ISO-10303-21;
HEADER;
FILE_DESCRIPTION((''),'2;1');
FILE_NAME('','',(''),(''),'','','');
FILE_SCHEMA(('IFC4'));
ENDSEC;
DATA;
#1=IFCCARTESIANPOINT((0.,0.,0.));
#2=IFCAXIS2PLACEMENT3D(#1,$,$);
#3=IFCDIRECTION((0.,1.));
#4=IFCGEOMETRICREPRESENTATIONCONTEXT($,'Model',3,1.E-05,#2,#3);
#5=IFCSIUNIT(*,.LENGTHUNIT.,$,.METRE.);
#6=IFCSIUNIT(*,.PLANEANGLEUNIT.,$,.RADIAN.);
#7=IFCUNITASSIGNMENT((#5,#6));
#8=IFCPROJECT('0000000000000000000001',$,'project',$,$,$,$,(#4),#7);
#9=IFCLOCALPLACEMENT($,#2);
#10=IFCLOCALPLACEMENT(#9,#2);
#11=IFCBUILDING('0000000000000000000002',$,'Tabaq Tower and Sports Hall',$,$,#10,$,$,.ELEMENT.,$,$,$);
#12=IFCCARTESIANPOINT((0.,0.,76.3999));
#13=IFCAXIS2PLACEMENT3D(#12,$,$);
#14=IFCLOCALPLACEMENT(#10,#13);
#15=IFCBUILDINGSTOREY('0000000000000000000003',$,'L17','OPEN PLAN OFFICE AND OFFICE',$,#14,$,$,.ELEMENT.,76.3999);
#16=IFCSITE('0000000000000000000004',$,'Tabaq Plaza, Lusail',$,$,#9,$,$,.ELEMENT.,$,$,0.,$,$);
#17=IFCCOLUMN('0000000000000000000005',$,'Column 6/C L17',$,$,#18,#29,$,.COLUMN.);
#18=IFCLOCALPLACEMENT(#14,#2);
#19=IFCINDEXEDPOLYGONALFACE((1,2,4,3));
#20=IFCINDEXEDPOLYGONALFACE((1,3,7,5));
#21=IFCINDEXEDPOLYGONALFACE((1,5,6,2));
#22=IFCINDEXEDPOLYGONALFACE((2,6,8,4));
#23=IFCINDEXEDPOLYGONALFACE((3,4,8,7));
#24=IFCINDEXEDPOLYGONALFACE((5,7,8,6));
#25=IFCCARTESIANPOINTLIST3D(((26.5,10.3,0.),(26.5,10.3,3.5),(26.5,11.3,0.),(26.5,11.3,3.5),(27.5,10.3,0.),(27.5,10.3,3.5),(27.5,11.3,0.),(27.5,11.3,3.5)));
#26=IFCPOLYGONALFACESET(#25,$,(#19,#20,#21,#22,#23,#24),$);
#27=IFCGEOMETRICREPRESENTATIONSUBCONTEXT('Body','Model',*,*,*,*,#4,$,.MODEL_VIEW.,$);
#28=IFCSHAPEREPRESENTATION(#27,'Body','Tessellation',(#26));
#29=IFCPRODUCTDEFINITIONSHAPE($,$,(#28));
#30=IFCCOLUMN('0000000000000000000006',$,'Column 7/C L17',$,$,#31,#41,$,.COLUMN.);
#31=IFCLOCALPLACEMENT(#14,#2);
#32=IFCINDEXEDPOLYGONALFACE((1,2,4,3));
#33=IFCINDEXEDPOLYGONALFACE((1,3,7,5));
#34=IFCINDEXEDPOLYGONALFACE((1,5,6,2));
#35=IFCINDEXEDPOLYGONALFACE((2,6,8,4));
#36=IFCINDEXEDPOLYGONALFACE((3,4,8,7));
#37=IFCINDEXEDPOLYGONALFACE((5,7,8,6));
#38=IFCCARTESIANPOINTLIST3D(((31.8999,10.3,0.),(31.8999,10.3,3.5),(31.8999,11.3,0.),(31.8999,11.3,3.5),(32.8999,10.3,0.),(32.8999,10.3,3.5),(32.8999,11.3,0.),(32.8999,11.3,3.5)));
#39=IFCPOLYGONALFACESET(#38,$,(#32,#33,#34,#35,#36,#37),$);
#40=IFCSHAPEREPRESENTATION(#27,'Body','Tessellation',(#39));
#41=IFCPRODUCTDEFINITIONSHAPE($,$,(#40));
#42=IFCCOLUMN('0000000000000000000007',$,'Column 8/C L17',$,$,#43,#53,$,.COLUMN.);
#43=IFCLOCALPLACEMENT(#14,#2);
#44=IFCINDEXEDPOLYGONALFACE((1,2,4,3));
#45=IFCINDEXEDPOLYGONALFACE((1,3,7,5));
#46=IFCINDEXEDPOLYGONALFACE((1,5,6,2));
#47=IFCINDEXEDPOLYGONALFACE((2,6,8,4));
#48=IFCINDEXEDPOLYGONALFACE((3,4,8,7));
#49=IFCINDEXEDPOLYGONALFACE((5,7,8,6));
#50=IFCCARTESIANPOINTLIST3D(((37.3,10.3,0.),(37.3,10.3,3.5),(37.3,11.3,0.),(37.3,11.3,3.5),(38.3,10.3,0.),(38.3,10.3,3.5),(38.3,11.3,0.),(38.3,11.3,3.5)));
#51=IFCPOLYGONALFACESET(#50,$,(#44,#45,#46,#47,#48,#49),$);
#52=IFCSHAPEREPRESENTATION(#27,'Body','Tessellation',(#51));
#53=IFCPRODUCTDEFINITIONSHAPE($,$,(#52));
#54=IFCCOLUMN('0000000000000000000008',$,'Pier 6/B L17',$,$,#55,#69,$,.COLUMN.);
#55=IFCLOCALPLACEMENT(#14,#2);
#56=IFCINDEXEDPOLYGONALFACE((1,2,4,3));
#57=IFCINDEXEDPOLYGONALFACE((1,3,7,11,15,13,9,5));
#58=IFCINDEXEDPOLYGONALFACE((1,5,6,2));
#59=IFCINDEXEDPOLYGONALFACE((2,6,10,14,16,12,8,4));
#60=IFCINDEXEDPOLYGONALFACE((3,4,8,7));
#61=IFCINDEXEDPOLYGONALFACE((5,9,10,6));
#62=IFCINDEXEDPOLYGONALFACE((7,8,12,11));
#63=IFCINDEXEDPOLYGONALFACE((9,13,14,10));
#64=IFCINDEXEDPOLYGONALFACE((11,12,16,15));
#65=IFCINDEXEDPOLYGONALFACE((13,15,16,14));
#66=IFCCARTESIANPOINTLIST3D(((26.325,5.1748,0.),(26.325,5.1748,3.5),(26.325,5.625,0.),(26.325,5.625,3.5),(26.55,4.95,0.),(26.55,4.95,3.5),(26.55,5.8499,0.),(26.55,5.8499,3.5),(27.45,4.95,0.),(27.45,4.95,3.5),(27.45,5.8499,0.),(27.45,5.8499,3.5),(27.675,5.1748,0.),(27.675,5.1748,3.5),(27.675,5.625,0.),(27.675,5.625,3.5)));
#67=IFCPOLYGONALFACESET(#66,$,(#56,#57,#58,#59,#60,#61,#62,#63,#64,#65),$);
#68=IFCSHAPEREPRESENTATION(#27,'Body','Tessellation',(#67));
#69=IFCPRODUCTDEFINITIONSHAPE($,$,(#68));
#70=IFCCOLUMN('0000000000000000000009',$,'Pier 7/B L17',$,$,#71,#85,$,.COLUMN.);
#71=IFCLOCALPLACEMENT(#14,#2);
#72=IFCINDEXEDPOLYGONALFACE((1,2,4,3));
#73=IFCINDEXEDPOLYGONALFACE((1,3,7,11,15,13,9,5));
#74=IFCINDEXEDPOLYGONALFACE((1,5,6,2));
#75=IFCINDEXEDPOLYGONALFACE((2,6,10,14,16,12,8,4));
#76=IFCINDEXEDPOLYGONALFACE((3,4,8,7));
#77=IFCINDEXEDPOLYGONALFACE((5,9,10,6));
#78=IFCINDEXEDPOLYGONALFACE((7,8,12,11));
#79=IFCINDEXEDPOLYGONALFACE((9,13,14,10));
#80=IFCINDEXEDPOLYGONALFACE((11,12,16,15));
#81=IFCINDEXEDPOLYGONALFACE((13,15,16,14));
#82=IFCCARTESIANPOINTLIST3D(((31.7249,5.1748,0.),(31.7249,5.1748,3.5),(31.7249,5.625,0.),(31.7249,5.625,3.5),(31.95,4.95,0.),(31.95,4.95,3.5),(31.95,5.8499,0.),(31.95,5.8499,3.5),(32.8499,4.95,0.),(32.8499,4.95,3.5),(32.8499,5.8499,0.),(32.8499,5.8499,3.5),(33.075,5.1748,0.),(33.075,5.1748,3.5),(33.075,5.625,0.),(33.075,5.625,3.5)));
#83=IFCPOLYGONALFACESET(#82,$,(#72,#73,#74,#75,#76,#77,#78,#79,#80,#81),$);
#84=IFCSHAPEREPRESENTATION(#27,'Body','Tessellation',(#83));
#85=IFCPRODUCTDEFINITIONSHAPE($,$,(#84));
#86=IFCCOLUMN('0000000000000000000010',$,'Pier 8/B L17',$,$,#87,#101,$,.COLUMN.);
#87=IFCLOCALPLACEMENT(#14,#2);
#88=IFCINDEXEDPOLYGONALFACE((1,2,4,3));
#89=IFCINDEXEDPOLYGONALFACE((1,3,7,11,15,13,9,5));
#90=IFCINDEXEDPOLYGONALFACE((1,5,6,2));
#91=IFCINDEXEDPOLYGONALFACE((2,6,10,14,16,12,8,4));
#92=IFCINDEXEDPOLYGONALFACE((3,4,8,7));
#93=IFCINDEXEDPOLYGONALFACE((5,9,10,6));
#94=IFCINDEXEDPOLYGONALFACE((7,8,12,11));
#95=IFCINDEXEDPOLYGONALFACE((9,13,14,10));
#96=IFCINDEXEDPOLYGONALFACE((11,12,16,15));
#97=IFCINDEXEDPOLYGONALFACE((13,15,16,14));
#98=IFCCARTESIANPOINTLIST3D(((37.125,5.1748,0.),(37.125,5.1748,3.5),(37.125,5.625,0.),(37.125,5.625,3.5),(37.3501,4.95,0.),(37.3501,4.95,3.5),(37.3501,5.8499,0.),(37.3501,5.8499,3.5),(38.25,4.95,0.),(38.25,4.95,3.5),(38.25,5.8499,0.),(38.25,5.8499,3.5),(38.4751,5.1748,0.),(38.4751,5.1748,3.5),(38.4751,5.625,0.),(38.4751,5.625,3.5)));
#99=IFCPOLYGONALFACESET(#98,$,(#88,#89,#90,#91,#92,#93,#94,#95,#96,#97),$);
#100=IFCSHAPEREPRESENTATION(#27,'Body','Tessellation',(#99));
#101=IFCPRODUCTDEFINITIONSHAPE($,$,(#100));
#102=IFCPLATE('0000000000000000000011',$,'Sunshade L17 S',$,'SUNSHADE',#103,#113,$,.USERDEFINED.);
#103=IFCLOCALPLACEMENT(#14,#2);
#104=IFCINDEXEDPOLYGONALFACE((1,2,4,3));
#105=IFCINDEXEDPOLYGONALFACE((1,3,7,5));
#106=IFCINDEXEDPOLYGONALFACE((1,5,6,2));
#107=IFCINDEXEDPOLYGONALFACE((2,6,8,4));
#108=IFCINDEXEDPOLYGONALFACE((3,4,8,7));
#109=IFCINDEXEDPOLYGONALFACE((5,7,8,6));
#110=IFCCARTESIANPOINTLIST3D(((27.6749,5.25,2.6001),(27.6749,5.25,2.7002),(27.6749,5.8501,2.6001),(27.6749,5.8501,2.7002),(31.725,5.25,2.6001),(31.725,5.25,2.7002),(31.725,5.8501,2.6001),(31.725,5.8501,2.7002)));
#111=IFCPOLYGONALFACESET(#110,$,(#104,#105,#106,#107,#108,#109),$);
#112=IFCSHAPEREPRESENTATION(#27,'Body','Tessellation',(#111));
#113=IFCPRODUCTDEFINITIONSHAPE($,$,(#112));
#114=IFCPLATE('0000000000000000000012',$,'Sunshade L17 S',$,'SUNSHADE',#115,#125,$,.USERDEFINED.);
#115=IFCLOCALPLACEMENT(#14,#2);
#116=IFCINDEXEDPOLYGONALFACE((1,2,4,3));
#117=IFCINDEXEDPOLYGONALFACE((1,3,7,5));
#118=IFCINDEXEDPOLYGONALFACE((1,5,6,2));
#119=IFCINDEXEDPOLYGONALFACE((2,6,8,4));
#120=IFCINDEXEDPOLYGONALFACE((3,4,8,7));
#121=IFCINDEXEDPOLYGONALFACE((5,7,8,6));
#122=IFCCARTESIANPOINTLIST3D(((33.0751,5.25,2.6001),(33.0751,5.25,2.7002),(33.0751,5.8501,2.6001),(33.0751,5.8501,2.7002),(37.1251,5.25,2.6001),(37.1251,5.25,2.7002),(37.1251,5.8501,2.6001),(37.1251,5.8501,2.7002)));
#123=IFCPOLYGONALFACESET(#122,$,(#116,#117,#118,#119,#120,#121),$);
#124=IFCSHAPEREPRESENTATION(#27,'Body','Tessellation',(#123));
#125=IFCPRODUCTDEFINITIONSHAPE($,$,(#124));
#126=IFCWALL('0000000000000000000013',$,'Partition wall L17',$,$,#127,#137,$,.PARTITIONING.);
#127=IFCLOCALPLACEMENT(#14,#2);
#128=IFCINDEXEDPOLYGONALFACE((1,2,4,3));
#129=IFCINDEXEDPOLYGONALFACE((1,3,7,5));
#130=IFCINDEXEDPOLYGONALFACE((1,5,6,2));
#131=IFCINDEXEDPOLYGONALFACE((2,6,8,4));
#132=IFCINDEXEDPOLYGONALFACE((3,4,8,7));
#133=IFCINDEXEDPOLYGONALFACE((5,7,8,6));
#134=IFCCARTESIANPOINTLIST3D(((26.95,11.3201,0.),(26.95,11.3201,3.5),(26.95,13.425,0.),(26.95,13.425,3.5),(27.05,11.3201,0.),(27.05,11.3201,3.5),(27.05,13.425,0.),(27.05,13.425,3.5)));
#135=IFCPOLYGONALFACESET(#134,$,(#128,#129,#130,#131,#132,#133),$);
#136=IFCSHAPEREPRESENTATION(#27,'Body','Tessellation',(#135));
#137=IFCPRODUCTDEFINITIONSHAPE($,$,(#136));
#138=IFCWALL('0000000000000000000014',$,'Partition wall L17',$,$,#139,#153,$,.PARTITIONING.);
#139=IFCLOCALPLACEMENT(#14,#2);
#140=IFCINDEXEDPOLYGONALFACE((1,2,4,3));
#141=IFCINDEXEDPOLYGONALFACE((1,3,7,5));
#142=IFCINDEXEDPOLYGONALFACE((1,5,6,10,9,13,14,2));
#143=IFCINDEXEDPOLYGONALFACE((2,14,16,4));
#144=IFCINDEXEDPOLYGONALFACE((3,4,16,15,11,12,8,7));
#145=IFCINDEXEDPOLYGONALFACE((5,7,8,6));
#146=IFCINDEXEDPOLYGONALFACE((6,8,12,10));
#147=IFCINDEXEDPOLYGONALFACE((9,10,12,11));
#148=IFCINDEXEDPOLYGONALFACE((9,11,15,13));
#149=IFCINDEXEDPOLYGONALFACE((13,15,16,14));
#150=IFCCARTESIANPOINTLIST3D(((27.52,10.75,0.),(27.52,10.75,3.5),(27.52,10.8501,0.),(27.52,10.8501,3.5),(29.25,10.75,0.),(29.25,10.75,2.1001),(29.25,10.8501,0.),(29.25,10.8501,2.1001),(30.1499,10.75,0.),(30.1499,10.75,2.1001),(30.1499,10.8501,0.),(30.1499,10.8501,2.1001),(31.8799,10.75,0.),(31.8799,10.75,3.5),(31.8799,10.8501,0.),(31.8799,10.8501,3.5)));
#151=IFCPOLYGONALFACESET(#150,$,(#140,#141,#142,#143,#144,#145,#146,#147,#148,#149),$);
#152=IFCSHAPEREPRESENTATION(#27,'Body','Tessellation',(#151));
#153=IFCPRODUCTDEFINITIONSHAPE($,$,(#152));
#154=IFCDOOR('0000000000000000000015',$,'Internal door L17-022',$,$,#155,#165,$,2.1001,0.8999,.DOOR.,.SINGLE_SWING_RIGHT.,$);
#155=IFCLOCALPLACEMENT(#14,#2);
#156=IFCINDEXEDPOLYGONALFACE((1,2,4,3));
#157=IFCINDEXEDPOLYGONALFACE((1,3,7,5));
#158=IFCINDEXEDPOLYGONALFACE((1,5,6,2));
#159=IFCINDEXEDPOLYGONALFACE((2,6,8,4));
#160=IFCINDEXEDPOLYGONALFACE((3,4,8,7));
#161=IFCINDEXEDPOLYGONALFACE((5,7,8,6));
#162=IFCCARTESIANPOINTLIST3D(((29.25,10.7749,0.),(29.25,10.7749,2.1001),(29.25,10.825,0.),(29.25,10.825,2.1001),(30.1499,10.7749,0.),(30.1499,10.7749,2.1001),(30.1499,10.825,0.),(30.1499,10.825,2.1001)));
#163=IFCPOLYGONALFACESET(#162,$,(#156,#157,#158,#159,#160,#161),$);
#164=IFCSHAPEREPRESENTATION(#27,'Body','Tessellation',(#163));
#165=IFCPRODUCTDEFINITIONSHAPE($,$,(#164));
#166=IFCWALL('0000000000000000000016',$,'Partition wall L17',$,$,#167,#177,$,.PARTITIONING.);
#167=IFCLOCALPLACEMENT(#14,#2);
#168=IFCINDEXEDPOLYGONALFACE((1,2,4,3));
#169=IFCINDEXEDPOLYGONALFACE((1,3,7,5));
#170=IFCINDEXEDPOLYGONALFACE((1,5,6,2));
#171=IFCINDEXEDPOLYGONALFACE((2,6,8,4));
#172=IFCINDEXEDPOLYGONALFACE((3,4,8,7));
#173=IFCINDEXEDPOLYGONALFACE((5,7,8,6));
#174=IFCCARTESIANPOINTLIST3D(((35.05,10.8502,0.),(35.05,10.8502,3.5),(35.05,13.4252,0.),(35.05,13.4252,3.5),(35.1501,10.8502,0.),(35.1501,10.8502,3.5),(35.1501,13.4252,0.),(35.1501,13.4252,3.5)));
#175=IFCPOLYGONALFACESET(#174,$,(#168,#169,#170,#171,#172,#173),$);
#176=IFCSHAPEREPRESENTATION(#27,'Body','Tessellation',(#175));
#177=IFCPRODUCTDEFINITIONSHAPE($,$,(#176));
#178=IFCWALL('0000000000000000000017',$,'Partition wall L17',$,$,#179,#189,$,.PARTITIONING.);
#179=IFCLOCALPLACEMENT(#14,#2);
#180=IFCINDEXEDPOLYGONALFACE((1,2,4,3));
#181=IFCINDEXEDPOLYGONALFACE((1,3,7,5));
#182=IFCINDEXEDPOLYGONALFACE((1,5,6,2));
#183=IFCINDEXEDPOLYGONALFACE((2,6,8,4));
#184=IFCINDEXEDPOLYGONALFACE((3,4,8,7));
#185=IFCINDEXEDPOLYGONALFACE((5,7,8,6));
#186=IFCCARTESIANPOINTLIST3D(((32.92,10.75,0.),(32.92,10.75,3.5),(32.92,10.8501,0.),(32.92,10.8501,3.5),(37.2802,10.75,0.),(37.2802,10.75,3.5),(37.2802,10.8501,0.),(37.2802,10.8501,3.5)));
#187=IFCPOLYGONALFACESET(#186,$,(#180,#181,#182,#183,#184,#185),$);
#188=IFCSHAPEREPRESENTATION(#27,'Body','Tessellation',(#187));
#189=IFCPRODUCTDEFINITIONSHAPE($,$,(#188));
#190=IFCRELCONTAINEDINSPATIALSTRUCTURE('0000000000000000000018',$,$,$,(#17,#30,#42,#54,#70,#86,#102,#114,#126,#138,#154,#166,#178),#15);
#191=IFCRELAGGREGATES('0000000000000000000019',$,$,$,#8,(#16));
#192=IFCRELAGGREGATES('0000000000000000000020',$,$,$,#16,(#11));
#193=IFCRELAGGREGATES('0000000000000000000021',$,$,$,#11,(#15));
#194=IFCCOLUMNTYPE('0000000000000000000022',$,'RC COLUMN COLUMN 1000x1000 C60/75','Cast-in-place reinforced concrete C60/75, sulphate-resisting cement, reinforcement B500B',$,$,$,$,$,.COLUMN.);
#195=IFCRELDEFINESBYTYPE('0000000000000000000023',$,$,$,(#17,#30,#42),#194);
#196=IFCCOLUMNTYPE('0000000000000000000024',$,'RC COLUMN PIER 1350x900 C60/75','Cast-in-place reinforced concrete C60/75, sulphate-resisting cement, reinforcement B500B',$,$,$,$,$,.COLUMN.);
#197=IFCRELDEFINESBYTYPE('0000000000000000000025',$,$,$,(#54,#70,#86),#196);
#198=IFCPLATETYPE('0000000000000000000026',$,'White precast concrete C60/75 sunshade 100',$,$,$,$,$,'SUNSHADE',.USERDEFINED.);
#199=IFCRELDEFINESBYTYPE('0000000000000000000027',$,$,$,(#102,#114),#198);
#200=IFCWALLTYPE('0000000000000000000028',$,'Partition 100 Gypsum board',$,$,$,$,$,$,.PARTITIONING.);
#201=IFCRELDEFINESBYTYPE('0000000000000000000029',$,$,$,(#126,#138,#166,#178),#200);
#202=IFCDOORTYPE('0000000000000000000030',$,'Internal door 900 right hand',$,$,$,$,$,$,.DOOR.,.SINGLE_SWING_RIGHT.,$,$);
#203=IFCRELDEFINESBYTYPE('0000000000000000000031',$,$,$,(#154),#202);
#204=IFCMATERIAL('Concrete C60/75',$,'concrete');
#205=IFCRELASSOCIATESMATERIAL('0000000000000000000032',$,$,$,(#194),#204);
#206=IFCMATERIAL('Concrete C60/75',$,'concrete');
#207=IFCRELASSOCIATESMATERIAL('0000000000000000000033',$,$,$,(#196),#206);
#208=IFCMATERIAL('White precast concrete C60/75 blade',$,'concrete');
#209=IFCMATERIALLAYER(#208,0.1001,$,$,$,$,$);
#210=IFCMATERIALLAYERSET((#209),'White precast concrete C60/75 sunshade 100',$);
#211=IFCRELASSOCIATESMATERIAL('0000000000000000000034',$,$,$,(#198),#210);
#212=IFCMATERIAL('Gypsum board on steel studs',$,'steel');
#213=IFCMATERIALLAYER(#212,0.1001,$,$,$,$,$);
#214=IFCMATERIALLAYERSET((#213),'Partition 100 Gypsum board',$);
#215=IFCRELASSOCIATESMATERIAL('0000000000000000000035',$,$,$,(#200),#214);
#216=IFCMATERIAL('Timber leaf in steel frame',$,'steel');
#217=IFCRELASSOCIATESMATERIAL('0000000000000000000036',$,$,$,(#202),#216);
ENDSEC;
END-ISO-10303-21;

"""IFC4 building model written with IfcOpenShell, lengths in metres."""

from ifc_helpers import new_model, si_unit, direction, frame, frame_2d, origin, origin_2d, place, context, subcontext, project, spatial, polyline, rectangle, outline, extrude, material, layer, layer_set, material_profile, profile_set, type_object, element, fill, save


model = new_model("IFC4")

# Units and contexts
model_context = context("Model", 3, precision=1e-05, world=origin(), true_north=direction((0.0, 1.0)))
body_context = subcontext(model_context, "Body", "Model", "MODEL_VIEW")
ifc_project = project(units=[si_unit("LENGTHUNIT", "METRE"), si_unit("PLANEANGLEUNIT", "RADIAN")], contexts=[model_context])

# Site, building, storey
site_placement = place(None, origin())
site = spatial("IfcSite", under=ifc_project, at=site_placement, Name="Tabaq Plaza, Lusail", CompositionType="ELEMENT", RefElevation=0.0)
building_placement = place(site_placement, origin())
building = spatial("IfcBuilding", under=site, at=building_placement, Name="Tabaq Tower and Sports Hall", CompositionType="ELEMENT")
storey_placement = place(building_placement, frame((0.0, 0.0, 76.3999)))
storey = spatial("IfcBuildingStorey", under=building, at=storey_placement, Name="L17", Description="OPEN PLAN OFFICE AND OFFICE", CompositionType="ELEMENT", Elevation=76.3999)

# Columns
ifc_material_1 = material(Name="Concrete C60/75", Category="concrete")
ifc_material_profile_1 = material_profile(ifc_material_1, rectangle(XDim=1.0, YDim=1.0, at=origin_2d()), Name="COLUMN 1000x1000")
ifc_profile_set_1 = profile_set([ifc_material_profile_1], Name="Concrete C60/75")
column_type_1 = type_object("IfcColumnType", Name="RC COLUMN COLUMN 1000x1000 C60/75", Description="Cast-in-place reinforced concrete C60/75, sulphate-resisting cement, reinforcement B500B", PredefinedType="COLUMN", material=ifc_profile_set_1)
for number, where, z_axis, x_axis, name in (
    (1, (27.0, 10.8, 0.0), (0.0, 0.0, 1.0), (1.0, 0.0, 0.0), "Column 6/C L17"),
    (2, (32.3999, 10.8, 0.0), (0.0, 0.0, 1.0), (1.0, 0.0, 0.0), "Column 7/C L17"),
    (3, (37.8, 10.8, 0.0), (0.0, 0.0, 1.0), (1.0, 0.0, 0.0), "Column 8/C L17"),
):
    element("IfcColumn", number, at=place(storey_placement, frame(where, z_axis=z_axis, x_axis=x_axis)), inside=storey, type_object=column_type_1, Name=name, PredefinedType="COLUMN", context=body_context, shape_type="SweptSolid", body=[
        extrude(rectangle(XDim=1.0, YDim=1.0, at=origin_2d()), origin(), (0.0, 0.0, 1.0), 3.5),
    ])
ifc_material_2 = material(Name="Concrete C60/75", Category="concrete")
ifc_material_profile_2 = material_profile(ifc_material_2, outline(polyline([(-0.45, -0.45), (0.45, -0.45), (0.675, -0.2251), (0.675, 0.2251), (0.45, 0.45), (-0.45, 0.45), (-0.675, 0.2251), (-0.675, -0.2251), (-0.45, -0.45)])), Name="PIER 1350x900")
ifc_profile_set_2 = profile_set([ifc_material_profile_2], Name="Concrete C60/75")
column_type_2 = type_object("IfcColumnType", Name="RC COLUMN PIER 1350x900 C60/75", Description="Cast-in-place reinforced concrete C60/75, sulphate-resisting cement, reinforcement B500B", PredefinedType="COLUMN", material=ifc_profile_set_2)
for number, where, z_axis, x_axis, name in (
    (4, (27.0, 5.3999, 0.0), (0.0, 0.0, 1.0), (1.0, 0.0, 0.0), "Pier 6/B L17"),
    (5, (32.3999, 5.3999, 0.0), (0.0, 0.0, 1.0), (1.0, 0.0, 0.0), "Pier 7/B L17"),
    (6, (37.8, 5.3999, 0.0), (0.0, 0.0, 1.0), (1.0, 0.0, 0.0), "Pier 8/B L17"),
):
    element("IfcColumn", number, at=place(storey_placement, frame(where, z_axis=z_axis, x_axis=x_axis)), inside=storey, type_object=column_type_2, Name=name, PredefinedType="COLUMN", context=body_context, shape_type="SweptSolid", body=[
        extrude(outline(polyline([(-0.45, -0.45), (0.45, -0.45), (0.675, -0.2251), (0.675, 0.2251), (0.45, 0.45), (-0.45, 0.45), (-0.675, 0.2251), (-0.675, -0.2251), (-0.45, -0.45)])), origin(), (0.0, 0.0, 1.0), 3.5),
    ])

# Plates
ifc_material_3 = material(Name="White precast concrete C60/75 blade", Category="concrete")
ifc_layer_1 = layer(ifc_material_3, 0.1001)
ifc_layer_set_1 = layer_set([ifc_layer_1], Name="White precast concrete C60/75 sunshade 100")
plate_type = type_object("IfcPlateType", Name="White precast concrete C60/75 sunshade 100", ElementType="SUNSHADE", PredefinedType="USERDEFINED", material=ifc_layer_set_1)
for number, where, z_axis, x_axis, name in (
    (7, (29.7, 5.55, 2.6001), (0.0, 0.0, 1.0), (1.0, 0.0, 0.0), "Sunshade L17 S"),
    (8, (35.1001, 5.55, 2.6001), (0.0, 0.0, 1.0), (1.0, 0.0, 0.0), "Sunshade L17 S"),
):
    element("IfcPlate", number, at=place(storey_placement, frame(where, z_axis=z_axis, x_axis=x_axis)), inside=storey, type_object=plate_type, Name=name, ObjectType="SUNSHADE", PredefinedType="USERDEFINED", context=body_context, shape_type="SweptSolid", body=[
        extrude(rectangle(XDim=4.05, YDim=0.6001, at=origin_2d()), origin(), (0.0, 0.0, 1.0), 0.1001),
    ])

# Wall
ifc_material_4 = material(Name="Gypsum board on steel studs", Category="steel")
ifc_layer_2 = layer(ifc_material_4, 0.1001)
ifc_layer_set_2 = layer_set([ifc_layer_2], Name="Partition 100 Gypsum board")
wall_type_1 = type_object("IfcWallType", Name="Partition 100 Gypsum board", PredefinedType="PARTITIONING", material=ifc_layer_set_2)
wall_1_placement = place(storey_placement, frame((27.0, 11.3201, 0.0), z_axis=(0.0, 0.0, 1.0), x_axis=(0.0, 1.0, 0.0)))
element("IfcWall", 9, at=wall_1_placement, inside=storey, type_object=wall_type_1, Name="Partition wall L17", PredefinedType="PARTITIONING", context=body_context, shape_type="SweptSolid", body=[
    extrude(rectangle(XDim=2.105, YDim=0.1001, at=frame_2d((1.0525, 0.0))), origin(), (0.0, 0.0, 1.0), 3.5),
])

# Wall, opening, door
wall_2_placement = place(storey_placement, frame((27.52, 10.8, 0.0), z_axis=(0.0, 0.0, 1.0), x_axis=(1.0, 0.0, 0.0)))
wall_2 = element("IfcWall", 10, at=wall_2_placement, inside=storey, type_object=wall_type_1, Name="Partition wall L17", PredefinedType="PARTITIONING", context=body_context, shape_type="SweptSolid", body=[
    extrude(rectangle(XDim=4.3599, YDim=0.1001, at=frame_2d((2.1799, 0.0))), origin(), (0.0, 0.0, 1.0), 3.5),
])
opening_1_placement = place(wall_2_placement, frame((1.73, 0.0, 0.0)))
opening_1 = element("IfcOpeningElement", 11, at=opening_1_placement, cuts=wall_2, PredefinedType="OPENING", context=body_context, shape_type="SweptSolid", body=[
    extrude(rectangle(XDim=0.8999, YDim=2.1001, at=frame_2d((0.45, 1.05))), frame((0.0, 0.05, 0.0), z_axis=(0.0, -1.0, 0.0), x_axis=(1.0, 0.0, 0.0)), (0.0, 0.0, 1.0), 0.1001),
])
ifc_material_5 = material(Name="Timber leaf in steel frame", Category="steel")
door_type_1 = type_object("IfcDoorType", Name="Internal door 900 right hand", OperationType="SINGLE_SWING_RIGHT", PredefinedType="DOOR", material=ifc_material_5)
door_1_placement = place(opening_1_placement, origin())
door_1 = element("IfcDoor", 12, at=door_1_placement, inside=storey, type_object=door_type_1, Name="Internal door L17-022", OperationType="SINGLE_SWING_RIGHT", OverallHeight=2.1001, OverallWidth=0.8999, PredefinedType="DOOR", context=body_context, shape_type="SweptSolid", body=[
    extrude(rectangle(XDim=0.8999, YDim=2.1001, at=frame_2d((0.45, 1.05))), frame((0.0, 0.0249, 0.0), z_axis=(0.0, -1.0, 0.0), x_axis=(1.0, 0.0, 0.0)), (0.0, 0.0, 1.0), 0.05),
])
fill(opening_1, door_1)

# Walls
wall_3_placement = place(storey_placement, frame((35.1001, 10.8501, 0.0), z_axis=(0.0, 0.0, 1.0), x_axis=(0.0, 1.0, 0.0)))
element("IfcWall", 13, at=wall_3_placement, inside=storey, type_object=wall_type_1, Name="Partition wall L17", PredefinedType="PARTITIONING", context=body_context, shape_type="SweptSolid", body=[
    extrude(rectangle(XDim=2.575, YDim=0.1001, at=frame_2d((1.2876, 0.0))), origin(), (0.0, 0.0, 1.0), 3.5),
])
wall_4_placement = place(storey_placement, frame((32.9199, 10.8, 0.0), z_axis=(0.0, 0.0, 1.0), x_axis=(1.0, 0.0, 0.0)))
element("IfcWall", 14, at=wall_4_placement, inside=storey, type_object=wall_type_1, Name="Partition wall L17", PredefinedType="PARTITIONING", context=body_context, shape_type="SweptSolid", body=[
    extrude(rectangle(XDim=4.3601, YDim=0.1001, at=frame_2d((2.1802, 0.0))), origin(), (0.0, 0.0, 1.0), 3.5),
])

save(model, "model.ifc")
